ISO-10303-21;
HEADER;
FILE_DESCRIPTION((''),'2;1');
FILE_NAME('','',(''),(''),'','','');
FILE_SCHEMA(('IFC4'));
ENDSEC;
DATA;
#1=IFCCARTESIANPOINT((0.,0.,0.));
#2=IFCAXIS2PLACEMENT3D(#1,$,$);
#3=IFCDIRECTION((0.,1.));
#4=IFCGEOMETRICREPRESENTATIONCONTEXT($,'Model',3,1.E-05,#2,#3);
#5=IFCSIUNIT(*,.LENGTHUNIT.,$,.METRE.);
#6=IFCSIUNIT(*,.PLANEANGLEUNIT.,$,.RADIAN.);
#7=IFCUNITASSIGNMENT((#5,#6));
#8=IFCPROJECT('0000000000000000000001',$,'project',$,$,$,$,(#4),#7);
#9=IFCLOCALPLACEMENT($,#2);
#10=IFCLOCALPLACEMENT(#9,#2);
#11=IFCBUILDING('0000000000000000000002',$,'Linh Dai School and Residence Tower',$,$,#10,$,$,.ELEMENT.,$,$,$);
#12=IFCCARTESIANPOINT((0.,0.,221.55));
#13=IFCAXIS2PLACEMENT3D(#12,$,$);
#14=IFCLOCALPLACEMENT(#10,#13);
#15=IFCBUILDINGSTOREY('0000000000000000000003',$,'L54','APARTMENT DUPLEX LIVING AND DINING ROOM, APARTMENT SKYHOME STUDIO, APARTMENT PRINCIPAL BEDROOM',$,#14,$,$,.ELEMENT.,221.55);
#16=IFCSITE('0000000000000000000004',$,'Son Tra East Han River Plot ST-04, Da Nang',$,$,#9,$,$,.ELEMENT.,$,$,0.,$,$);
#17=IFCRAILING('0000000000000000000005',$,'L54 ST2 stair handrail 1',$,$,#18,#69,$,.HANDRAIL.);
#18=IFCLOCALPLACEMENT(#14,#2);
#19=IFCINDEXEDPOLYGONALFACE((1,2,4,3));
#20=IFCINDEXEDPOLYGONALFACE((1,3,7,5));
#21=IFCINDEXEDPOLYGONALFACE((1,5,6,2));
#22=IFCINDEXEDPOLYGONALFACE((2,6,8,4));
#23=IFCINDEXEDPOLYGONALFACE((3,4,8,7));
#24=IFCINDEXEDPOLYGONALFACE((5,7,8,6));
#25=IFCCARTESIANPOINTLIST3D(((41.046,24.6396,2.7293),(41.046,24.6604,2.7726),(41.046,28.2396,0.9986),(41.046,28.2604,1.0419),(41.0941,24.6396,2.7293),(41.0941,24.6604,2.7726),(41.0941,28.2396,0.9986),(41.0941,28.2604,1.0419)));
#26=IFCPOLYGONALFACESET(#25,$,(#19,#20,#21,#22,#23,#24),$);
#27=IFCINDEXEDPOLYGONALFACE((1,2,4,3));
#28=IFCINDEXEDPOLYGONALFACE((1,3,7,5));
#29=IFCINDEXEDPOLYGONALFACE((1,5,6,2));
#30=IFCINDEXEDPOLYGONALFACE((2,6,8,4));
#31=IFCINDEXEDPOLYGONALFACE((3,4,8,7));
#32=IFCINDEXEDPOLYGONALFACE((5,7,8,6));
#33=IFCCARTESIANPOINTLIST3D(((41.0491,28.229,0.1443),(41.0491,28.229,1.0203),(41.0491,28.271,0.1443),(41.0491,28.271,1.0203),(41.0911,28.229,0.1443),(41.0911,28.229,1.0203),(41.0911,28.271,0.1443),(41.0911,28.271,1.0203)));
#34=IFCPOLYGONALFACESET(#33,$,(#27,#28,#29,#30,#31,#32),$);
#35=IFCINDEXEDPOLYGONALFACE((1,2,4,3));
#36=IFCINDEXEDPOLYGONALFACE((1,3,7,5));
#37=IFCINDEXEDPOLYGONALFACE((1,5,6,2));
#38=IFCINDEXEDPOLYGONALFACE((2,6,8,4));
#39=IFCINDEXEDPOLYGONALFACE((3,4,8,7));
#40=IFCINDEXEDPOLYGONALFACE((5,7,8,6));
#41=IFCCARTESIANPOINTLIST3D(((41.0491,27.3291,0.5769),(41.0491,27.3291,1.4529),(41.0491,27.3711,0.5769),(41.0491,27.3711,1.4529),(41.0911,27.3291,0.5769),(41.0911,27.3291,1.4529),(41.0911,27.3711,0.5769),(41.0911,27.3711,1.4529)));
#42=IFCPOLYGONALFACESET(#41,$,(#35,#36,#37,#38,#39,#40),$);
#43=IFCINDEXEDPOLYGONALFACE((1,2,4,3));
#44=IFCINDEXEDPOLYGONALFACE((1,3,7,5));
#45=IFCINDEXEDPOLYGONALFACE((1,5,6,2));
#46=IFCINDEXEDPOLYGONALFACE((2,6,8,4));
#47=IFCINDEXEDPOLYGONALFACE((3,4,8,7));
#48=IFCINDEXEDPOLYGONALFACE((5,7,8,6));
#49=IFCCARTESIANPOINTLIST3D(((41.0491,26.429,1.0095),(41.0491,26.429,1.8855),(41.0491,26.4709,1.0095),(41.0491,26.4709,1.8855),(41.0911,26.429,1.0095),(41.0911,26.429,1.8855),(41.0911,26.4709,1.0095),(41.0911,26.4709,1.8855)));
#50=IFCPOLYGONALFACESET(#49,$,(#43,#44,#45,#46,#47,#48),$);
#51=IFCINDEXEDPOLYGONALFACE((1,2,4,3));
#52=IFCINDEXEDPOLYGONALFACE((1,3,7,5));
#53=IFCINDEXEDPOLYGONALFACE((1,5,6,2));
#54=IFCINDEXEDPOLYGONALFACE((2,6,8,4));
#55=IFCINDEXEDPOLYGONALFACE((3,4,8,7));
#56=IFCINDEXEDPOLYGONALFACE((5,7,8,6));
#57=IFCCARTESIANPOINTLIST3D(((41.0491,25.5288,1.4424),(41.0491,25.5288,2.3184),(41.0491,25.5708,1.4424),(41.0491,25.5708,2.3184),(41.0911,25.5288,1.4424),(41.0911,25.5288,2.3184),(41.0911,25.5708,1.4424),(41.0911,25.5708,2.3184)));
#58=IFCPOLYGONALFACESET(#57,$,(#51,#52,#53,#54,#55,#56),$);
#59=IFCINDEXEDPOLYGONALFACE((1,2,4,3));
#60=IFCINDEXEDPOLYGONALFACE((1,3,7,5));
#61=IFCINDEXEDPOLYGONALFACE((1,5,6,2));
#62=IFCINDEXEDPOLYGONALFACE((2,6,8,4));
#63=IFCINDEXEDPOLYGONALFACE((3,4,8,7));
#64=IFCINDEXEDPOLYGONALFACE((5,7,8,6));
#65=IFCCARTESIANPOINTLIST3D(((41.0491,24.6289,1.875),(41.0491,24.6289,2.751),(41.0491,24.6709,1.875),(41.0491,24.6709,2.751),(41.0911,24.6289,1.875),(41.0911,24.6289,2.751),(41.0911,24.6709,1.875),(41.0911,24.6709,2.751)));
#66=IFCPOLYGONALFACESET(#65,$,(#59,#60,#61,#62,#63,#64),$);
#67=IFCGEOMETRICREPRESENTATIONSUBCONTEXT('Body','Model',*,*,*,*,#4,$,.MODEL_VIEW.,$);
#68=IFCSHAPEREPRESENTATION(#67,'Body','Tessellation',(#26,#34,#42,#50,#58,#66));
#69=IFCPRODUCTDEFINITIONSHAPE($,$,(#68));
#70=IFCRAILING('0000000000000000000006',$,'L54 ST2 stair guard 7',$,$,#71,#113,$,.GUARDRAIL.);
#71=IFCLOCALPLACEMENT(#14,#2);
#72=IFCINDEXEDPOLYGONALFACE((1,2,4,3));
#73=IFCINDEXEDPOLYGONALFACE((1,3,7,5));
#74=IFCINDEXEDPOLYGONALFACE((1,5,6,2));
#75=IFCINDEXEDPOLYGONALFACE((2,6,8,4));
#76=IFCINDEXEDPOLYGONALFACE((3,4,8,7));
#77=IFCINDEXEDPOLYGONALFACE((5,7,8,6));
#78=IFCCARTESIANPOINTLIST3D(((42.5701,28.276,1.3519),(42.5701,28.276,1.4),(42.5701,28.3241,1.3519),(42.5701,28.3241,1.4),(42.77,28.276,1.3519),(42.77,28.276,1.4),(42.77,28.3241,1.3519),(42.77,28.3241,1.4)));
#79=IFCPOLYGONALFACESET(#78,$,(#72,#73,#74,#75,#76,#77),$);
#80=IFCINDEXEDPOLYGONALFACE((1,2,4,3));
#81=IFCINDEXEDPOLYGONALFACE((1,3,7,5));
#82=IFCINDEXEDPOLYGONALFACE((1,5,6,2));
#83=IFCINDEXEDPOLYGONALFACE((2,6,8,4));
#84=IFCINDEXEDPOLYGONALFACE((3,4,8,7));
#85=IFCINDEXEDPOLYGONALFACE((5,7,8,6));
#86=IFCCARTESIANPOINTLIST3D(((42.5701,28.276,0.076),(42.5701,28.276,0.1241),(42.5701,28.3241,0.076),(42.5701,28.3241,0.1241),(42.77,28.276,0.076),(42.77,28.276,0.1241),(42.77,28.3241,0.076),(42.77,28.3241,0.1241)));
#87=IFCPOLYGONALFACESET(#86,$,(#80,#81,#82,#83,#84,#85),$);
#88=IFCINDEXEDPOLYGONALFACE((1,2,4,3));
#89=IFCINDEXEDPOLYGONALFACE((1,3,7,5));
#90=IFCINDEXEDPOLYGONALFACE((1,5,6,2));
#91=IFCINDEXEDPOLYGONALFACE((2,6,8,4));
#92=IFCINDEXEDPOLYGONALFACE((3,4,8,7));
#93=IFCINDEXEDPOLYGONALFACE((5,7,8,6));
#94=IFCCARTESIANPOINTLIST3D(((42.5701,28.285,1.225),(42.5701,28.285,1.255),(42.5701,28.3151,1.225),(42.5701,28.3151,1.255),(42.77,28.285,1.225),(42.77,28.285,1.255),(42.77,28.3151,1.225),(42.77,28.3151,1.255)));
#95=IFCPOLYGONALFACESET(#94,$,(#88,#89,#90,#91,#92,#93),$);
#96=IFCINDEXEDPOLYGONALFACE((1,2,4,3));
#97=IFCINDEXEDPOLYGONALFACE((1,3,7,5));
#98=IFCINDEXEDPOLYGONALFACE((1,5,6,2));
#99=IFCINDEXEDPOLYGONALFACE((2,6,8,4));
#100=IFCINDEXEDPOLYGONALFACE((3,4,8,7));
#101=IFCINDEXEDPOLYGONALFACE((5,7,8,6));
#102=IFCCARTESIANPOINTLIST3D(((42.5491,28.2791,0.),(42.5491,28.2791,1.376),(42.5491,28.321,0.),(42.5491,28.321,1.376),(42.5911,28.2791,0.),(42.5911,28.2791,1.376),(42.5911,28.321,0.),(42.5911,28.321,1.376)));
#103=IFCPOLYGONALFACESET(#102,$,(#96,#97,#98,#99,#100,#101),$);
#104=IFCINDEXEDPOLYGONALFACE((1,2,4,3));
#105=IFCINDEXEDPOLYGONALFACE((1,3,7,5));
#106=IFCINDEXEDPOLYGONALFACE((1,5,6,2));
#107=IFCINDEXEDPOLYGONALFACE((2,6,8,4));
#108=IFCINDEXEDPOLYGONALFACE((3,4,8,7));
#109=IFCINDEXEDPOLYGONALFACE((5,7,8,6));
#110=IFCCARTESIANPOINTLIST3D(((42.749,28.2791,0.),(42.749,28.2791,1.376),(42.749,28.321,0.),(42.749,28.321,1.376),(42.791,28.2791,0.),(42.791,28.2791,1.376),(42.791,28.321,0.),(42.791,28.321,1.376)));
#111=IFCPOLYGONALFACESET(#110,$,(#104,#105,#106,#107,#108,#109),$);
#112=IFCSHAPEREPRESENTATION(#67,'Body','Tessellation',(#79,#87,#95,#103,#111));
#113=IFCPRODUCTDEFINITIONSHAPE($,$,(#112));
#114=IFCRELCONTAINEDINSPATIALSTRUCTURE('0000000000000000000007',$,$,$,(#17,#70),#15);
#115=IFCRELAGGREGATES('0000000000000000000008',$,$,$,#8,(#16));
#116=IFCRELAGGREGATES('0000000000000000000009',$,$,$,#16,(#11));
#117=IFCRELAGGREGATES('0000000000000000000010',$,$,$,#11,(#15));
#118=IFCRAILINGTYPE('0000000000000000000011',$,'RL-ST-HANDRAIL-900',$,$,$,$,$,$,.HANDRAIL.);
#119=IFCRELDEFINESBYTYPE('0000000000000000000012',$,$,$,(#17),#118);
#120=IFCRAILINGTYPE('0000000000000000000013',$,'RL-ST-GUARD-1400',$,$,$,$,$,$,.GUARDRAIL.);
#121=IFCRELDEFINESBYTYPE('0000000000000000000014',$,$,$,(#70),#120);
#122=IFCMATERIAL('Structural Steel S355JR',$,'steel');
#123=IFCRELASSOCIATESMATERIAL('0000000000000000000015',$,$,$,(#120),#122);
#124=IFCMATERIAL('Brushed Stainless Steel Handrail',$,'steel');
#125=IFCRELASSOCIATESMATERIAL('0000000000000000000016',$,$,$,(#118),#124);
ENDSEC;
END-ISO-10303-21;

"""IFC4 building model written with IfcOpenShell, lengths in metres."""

from ifc_helpers import new_model, si_unit, direction, frame, origin, origin_2d, place, context, subcontext, project, spatial, rectangle, extrude, source, transform, mapped, material, type_object, element, save


model = new_model("IFC4")

# Units and contexts
model_context = context("Model", 3, precision=1e-05, world=origin(), true_north=direction((0.0, 1.0)))
body_context = subcontext(model_context, "Body", "Model", "MODEL_VIEW")
ifc_project = project(units=[si_unit("LENGTHUNIT", "METRE"), si_unit("PLANEANGLEUNIT", "RADIAN")], contexts=[model_context])

# Site, building, storey
site_placement = place(None, origin())
site = spatial("IfcSite", under=ifc_project, at=site_placement, Name="Son Tra East Han River Plot ST-04, Da Nang", CompositionType="ELEMENT", RefElevation=0.0)
building_placement = place(site_placement, origin())
building = spatial("IfcBuilding", under=site, at=building_placement, Name="Linh Dai School and Residence Tower", CompositionType="ELEMENT")
storey_placement = place(building_placement, frame((0.0, 0.0, 221.55)))
storey = spatial("IfcBuildingStorey", under=building, at=storey_placement, Name="L54", Description="APARTMENT DUPLEX LIVING AND DINING ROOM, APARTMENT SKYHOME STUDIO, APARTMENT PRINCIPAL BEDROOM", CompositionType="ELEMENT", Elevation=221.55)

# Shared definitions
ifc_material_1 = material(Name="Structural Steel S355JR", Category="steel")

# Railings
railing_type_1 = type_object("IfcRailingType", Name="RL-ST-GUARD-1400", PredefinedType="GUARDRAIL", material=ifc_material_1)
ifc_material_2 = material(Name="Brushed Stainless Steel Handrail", Category="steel")
railing_type_2 = type_object("IfcRailingType", Name="RL-ST-HANDRAIL-900", PredefinedType="HANDRAIL", material=ifc_material_2)
shared_shape_1 = source(origin(), body_context, "Body", "SweptSolid", [
    extrude(rectangle(XDim=0.0481, YDim=0.0481, at=origin_2d()), frame((0.0, 0.0, 0.876), z_axis=(0.0, -0.901263, 0.433273), x_axis=(1.0, 0.0, 0.0)), (0.0, 0.0, 1.0), 3.9944),
    extrude(rectangle(XDim=0.042, YDim=0.042, at=origin_2d()), origin(), (0.0, 0.0, 1.0), 0.876),
    extrude(rectangle(XDim=0.042, YDim=0.042, at=origin_2d()), frame((0.0, -0.8999, 0.4326)), (0.0, 0.0, 1.0), 0.876),
    extrude(rectangle(XDim=0.042, YDim=0.042, at=origin_2d()), frame((0.0, -1.8, 0.8652)), (0.0, 0.0, 1.0), 0.876),
    extrude(rectangle(XDim=0.042, YDim=0.042, at=origin_2d()), frame((0.0, -2.7002, 1.2981)), (0.0, 0.0, 1.0), 0.876),
    extrude(rectangle(XDim=0.042, YDim=0.042, at=origin_2d()), frame((0.0, -3.6001, 1.7307)), (0.0, 0.0, 1.0), 0.876),
])
railing_1_placement = place(storey_placement, frame((41.0701, 28.25, 0.1443)))
element("IfcRailing", 1, at=railing_1_placement, inside=storey, type_object=railing_type_2, Name="L54 ST2 stair handrail 1", PredefinedType="HANDRAIL", context=body_context, shape_type="MappedRepresentation", body=[
    mapped(shared_shape_1, transform((0.0, 0.0, 0.0), x_axis=(1.0, 0.0, 0.0), y_axis=(0.0, 1.0, 0.0), z_axis=(0.0, 0.0, 1.0), scale=1.0)),
])
shared_shape_2 = source(origin(), body_context, "Body", "SweptSolid", [
    extrude(rectangle(XDim=0.0481, YDim=0.0481, at=origin_2d()), frame((0.0, 0.0, 1.376), z_axis=(1.0, 0.0, 0.0), x_axis=(0.0, 1.0, 0.0)), (0.0, 0.0, 1.0), 0.2),
    extrude(rectangle(XDim=0.0481, YDim=0.0481, at=origin_2d()), frame((0.0, 0.0, 0.1001), z_axis=(1.0, 0.0, 0.0), x_axis=(0.0, 1.0, 0.0)), (0.0, 0.0, 1.0), 0.2),
    extrude(rectangle(XDim=0.03, YDim=0.03, at=origin_2d()), frame((0.0, 0.0, 1.24), z_axis=(1.0, 0.0, 0.0), x_axis=(0.0, 1.0, 0.0)), (0.0, 0.0, 1.0), 0.2),
    extrude(rectangle(XDim=0.042, YDim=0.042, at=origin_2d()), origin(), (0.0, 0.0, 1.0), 1.376),
    extrude(rectangle(XDim=0.042, YDim=0.042, at=origin_2d()), frame((0.2, 0.0, 0.0)), (0.0, 0.0, 1.0), 1.376),
])
railing_2_placement = place(storey_placement, frame((42.5701, 28.3, 0.0)))
element("IfcRailing", 2, at=railing_2_placement, inside=storey, type_object=railing_type_1, Name="L54 ST2 stair guard 7", PredefinedType="GUARDRAIL", context=body_context, shape_type="MappedRepresentation", body=[
    mapped(shared_shape_2, transform((0.0, 0.0, 0.0), x_axis=(1.0, 0.0, 0.0), y_axis=(0.0, 1.0, 0.0), z_axis=(0.0, 0.0, 1.0), scale=1.0)),
])

save(model, "model.ifc")
